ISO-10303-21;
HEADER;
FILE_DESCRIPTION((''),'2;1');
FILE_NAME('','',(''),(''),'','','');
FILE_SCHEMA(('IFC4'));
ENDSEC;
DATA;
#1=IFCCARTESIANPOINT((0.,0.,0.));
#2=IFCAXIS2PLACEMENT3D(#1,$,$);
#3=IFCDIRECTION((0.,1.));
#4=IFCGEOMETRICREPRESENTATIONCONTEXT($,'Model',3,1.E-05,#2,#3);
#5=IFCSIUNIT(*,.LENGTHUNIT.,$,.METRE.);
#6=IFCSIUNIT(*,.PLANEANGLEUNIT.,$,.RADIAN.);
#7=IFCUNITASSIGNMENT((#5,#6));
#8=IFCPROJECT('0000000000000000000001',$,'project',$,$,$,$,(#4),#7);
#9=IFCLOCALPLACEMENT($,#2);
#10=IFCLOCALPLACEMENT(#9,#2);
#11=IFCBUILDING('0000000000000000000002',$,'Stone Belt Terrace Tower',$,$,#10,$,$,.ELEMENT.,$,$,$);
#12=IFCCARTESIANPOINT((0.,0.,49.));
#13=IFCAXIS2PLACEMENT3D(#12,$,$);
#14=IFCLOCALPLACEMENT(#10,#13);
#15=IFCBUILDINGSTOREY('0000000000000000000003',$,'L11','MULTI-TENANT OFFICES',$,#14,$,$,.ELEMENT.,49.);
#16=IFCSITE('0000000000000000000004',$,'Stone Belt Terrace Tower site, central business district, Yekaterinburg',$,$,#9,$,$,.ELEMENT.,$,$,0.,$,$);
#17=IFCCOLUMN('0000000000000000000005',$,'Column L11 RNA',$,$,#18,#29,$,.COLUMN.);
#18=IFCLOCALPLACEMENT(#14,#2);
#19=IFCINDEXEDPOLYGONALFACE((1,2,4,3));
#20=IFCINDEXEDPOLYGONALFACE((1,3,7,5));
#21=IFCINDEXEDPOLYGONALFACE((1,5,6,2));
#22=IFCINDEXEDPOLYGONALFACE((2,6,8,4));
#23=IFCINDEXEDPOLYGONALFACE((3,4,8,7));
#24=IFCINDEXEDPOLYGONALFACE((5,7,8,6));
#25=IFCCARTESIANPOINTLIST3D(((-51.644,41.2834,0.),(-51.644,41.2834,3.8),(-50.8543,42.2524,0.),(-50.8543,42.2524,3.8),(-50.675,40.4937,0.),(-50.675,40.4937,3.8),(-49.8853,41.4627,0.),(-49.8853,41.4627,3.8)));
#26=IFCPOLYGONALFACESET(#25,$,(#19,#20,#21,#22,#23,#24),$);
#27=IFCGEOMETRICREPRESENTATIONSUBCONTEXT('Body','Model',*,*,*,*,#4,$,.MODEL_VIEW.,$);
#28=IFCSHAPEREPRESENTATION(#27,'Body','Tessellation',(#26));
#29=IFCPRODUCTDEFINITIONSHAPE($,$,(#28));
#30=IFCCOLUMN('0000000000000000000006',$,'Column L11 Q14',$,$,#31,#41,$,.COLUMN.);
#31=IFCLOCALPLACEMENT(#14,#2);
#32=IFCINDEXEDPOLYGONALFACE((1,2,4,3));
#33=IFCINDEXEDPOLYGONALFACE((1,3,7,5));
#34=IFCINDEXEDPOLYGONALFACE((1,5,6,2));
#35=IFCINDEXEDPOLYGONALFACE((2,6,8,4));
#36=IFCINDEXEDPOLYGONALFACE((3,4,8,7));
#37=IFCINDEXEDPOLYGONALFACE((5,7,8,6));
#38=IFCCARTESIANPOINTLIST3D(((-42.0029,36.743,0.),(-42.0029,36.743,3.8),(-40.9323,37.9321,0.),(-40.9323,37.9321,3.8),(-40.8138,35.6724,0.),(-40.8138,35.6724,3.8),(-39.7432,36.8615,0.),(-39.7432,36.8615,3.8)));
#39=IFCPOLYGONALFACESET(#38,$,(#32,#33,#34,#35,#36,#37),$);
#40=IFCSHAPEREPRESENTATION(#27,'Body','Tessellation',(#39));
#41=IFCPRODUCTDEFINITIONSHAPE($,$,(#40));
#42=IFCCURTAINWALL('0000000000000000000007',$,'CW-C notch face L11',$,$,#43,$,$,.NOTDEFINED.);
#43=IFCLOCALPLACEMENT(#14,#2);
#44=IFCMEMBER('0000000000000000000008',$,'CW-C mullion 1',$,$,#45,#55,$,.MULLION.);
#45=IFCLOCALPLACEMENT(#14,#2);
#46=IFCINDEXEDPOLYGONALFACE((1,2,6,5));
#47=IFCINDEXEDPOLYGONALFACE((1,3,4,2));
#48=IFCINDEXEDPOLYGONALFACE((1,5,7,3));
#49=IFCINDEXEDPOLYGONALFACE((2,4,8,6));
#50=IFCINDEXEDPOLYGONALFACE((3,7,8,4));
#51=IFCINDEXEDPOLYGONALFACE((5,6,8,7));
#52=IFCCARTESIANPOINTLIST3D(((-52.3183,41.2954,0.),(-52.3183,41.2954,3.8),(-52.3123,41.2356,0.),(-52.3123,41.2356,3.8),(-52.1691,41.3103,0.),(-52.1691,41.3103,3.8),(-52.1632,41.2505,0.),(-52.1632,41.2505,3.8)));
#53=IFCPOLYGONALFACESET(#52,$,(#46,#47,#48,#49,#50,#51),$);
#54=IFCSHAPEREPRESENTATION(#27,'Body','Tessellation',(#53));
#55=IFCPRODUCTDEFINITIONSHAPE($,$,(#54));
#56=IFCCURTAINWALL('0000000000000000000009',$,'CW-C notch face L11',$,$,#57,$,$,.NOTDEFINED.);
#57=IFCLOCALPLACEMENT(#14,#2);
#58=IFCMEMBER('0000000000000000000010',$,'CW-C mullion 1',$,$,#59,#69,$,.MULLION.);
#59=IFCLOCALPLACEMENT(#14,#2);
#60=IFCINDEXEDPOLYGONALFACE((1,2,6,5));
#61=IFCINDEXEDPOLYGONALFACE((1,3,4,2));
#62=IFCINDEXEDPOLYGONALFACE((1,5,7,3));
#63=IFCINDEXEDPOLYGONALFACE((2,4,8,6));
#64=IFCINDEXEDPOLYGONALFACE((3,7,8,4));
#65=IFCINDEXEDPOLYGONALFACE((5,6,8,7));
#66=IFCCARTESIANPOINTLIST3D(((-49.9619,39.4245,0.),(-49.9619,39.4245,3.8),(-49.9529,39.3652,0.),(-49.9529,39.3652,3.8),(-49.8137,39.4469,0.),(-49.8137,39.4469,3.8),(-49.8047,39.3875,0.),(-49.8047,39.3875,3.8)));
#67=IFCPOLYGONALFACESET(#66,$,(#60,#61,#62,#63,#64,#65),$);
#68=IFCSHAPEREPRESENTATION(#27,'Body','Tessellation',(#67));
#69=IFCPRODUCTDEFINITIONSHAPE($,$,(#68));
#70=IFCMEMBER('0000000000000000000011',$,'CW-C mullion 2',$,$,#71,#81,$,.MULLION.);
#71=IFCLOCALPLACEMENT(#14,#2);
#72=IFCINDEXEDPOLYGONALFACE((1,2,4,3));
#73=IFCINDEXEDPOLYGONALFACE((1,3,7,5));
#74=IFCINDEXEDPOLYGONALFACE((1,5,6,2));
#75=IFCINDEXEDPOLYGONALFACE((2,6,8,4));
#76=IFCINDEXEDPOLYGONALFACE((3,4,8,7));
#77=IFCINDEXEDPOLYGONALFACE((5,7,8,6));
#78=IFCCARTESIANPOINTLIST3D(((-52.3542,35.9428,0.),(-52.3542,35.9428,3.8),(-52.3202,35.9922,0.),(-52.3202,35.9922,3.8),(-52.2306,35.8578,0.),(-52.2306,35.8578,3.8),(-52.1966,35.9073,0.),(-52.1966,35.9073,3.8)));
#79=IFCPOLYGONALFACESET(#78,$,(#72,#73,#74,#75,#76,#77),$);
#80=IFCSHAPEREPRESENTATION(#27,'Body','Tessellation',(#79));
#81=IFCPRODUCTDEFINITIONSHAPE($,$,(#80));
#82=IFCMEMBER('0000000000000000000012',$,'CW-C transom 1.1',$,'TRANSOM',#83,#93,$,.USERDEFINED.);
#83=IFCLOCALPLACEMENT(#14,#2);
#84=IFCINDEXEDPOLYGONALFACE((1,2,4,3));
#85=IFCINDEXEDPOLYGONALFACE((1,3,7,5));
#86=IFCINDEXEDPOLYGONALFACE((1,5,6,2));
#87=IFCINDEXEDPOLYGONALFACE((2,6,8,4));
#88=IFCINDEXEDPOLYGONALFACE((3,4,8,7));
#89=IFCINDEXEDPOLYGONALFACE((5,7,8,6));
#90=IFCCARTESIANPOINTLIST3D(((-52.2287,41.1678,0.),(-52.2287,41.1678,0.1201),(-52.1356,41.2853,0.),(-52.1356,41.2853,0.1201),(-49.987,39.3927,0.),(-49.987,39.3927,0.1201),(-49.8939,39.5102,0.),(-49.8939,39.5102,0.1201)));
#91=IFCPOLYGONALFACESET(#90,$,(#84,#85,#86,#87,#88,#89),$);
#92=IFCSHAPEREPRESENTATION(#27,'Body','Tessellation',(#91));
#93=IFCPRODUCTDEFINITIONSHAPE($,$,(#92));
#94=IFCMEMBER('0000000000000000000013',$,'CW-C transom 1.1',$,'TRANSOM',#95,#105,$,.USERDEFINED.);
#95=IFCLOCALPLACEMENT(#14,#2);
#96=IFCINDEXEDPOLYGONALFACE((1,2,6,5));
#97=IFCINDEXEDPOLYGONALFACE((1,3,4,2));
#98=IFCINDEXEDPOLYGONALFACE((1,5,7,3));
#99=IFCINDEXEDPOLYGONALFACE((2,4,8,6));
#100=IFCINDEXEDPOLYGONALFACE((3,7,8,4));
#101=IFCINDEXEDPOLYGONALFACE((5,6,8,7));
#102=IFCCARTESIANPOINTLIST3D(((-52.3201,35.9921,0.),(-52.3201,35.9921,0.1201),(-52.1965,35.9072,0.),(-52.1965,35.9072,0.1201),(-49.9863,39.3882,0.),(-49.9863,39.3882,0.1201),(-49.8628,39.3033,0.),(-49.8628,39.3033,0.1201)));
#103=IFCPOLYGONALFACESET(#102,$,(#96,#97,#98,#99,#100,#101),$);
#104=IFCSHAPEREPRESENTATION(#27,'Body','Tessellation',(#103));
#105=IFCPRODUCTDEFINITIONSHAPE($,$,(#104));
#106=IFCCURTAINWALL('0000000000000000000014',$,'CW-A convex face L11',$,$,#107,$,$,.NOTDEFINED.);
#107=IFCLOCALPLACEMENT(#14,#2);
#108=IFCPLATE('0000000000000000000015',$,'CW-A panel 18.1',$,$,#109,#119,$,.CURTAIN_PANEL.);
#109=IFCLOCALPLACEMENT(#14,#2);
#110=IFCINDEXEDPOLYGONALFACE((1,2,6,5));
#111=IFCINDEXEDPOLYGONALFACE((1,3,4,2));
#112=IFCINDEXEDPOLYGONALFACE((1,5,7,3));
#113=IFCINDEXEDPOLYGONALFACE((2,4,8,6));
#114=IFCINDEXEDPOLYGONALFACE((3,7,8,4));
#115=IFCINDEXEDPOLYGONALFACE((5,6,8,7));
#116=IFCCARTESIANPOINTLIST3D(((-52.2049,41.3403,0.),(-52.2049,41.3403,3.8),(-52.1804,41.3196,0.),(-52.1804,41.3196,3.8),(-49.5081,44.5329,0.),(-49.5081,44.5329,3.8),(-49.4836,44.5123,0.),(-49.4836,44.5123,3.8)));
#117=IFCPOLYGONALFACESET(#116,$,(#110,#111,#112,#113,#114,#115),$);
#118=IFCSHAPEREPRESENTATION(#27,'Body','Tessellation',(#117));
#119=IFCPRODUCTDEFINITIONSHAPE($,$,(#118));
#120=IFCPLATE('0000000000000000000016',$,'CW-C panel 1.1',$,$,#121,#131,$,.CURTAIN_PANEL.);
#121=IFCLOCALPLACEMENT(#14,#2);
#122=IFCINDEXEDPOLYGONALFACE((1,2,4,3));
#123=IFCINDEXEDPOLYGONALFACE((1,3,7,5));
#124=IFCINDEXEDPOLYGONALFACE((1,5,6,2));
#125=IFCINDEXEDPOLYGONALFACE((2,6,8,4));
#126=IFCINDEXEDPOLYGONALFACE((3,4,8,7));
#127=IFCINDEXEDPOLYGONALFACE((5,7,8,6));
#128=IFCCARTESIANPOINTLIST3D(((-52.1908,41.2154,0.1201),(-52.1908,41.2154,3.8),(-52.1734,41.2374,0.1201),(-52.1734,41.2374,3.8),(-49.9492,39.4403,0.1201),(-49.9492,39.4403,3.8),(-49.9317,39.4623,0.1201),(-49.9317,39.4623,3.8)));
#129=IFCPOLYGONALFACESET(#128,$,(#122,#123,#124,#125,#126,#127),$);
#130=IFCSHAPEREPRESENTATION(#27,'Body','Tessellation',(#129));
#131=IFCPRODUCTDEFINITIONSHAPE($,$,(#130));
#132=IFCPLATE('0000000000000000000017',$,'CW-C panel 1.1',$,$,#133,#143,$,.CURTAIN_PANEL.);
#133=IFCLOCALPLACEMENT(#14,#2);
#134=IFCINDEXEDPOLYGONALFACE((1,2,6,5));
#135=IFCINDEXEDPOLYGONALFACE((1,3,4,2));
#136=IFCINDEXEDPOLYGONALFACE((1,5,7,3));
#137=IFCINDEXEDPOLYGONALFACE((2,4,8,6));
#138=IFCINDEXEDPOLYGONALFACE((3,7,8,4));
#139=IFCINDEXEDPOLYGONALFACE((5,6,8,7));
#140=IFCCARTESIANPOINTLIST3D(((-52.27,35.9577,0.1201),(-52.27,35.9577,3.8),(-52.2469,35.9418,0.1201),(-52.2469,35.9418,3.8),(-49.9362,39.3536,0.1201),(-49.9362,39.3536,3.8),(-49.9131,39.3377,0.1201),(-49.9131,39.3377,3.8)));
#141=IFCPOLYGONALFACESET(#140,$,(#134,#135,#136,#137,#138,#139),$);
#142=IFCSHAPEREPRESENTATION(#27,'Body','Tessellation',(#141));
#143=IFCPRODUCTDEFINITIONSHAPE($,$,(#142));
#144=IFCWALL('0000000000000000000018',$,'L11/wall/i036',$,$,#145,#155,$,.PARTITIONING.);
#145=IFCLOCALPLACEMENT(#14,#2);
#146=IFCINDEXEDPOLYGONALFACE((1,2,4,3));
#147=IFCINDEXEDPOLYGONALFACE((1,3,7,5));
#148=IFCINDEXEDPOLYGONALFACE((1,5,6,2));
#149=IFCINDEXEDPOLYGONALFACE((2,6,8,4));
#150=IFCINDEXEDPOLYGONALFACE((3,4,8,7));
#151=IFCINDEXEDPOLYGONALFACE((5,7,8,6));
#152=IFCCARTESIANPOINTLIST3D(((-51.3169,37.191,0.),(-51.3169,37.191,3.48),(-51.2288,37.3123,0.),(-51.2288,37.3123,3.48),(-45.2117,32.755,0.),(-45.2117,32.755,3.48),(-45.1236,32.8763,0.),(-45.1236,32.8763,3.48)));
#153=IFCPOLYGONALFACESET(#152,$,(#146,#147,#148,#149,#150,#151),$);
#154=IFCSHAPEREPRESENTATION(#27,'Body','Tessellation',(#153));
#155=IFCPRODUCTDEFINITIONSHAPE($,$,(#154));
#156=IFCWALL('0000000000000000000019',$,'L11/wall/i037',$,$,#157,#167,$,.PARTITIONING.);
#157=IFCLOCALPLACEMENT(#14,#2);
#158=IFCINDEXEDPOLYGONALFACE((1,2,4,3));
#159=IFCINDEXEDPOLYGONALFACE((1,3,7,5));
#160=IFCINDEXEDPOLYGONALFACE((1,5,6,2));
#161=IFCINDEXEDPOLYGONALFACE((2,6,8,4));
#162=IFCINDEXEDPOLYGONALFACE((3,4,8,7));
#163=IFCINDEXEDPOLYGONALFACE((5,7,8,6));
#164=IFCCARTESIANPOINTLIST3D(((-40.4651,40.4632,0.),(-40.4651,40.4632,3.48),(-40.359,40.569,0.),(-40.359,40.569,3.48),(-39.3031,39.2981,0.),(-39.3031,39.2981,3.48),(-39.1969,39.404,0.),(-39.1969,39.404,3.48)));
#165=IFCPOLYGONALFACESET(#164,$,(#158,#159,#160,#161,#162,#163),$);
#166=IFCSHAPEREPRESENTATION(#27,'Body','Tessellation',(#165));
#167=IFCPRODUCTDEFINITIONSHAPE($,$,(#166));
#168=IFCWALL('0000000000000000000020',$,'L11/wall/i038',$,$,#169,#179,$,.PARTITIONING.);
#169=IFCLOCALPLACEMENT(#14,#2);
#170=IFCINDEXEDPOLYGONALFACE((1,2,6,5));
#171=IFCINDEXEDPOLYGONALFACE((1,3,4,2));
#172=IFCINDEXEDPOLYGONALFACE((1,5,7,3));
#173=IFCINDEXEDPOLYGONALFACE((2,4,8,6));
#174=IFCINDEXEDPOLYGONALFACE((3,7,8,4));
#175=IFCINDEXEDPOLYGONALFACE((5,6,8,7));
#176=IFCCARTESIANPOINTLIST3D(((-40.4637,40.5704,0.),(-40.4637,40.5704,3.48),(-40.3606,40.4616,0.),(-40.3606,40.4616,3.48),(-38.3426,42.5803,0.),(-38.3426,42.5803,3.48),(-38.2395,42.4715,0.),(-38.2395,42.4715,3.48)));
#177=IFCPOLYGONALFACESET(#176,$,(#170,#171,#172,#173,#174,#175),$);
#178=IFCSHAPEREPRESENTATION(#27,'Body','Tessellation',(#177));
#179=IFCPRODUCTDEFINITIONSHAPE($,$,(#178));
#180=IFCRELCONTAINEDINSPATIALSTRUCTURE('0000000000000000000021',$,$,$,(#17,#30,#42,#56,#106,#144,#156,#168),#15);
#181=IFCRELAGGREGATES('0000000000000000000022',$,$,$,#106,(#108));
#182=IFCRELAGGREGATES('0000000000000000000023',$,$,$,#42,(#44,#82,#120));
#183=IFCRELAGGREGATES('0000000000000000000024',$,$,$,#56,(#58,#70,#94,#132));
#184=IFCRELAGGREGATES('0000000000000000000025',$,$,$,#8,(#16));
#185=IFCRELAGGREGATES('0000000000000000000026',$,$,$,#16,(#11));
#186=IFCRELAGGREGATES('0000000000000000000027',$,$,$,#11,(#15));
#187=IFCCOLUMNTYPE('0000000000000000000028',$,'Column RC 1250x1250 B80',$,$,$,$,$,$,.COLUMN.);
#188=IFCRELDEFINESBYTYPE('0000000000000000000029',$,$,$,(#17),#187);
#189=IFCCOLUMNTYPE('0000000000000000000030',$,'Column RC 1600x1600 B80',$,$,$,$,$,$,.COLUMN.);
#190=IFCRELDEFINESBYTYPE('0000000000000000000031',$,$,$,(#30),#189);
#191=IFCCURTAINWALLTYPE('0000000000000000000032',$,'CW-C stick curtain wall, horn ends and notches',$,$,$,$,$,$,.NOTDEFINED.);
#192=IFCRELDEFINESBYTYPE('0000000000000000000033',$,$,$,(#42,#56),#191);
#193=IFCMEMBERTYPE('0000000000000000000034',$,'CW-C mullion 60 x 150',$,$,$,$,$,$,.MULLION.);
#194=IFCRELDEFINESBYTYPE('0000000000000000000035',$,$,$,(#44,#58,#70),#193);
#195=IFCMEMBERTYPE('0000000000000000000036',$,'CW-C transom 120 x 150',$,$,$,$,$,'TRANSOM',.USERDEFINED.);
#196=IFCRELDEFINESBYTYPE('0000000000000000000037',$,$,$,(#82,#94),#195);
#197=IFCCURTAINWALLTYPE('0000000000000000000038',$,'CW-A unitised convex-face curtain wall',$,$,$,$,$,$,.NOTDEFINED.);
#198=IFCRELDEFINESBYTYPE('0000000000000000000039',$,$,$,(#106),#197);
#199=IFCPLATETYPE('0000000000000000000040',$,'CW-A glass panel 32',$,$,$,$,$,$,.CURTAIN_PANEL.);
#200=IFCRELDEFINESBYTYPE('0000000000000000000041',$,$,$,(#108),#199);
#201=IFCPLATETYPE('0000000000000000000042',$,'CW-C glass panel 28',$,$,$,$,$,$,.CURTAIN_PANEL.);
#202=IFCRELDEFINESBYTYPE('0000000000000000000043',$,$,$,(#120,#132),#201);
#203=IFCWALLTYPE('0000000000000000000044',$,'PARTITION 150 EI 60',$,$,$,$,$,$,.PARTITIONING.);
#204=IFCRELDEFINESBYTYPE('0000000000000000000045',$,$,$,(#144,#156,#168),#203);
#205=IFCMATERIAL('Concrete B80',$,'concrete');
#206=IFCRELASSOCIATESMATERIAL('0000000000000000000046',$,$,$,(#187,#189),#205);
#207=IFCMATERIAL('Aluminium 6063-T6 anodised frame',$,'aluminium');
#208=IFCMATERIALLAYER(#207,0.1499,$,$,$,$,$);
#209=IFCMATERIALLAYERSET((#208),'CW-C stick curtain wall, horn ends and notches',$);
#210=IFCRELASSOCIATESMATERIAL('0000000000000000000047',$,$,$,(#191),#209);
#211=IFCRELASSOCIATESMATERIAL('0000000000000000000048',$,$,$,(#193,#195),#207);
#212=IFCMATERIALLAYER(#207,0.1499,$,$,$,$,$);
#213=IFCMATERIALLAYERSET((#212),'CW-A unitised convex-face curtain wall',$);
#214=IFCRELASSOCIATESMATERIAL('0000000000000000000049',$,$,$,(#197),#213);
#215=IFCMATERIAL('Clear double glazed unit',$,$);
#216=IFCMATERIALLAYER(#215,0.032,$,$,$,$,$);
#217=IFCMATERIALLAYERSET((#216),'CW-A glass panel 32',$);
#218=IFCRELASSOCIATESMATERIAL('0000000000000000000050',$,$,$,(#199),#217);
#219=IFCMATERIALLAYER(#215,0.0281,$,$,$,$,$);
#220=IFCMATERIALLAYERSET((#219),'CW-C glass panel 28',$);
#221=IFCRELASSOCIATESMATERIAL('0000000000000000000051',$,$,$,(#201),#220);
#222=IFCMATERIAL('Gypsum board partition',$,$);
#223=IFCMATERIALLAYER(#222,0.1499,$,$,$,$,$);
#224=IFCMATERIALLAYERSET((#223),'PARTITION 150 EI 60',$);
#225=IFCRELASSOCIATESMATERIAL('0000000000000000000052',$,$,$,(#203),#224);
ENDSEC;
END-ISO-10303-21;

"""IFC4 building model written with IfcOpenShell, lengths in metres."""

from ifc_helpers import new_model, si_unit, direction, frame, frame_2d, origin, origin_2d, place, context, subcontext, project, spatial, rectangle, extrude, material, layer, layer_set, material_profile, profile_set, type_object, element, aggregate, save


model = new_model("IFC4")

# Units and contexts
model_context = context("Model", 3, precision=1e-05, world=origin(), true_north=direction((0.0, 1.0)))
body_context = subcontext(model_context, "Body", "Model", "MODEL_VIEW")
ifc_project = project(units=[si_unit("LENGTHUNIT", "METRE"), si_unit("PLANEANGLEUNIT", "RADIAN")], contexts=[model_context])

# Site, building, storey
site_placement = place(None, origin())
site = spatial("IfcSite", under=ifc_project, at=site_placement, Name="Stone Belt Terrace Tower site, central business district, Yekaterinburg", CompositionType="ELEMENT", RefElevation=0.0)
building_placement = place(site_placement, origin())
building = spatial("IfcBuilding", under=site, at=building_placement, Name="Stone Belt Terrace Tower", CompositionType="ELEMENT")
storey_placement = place(building_placement, frame((0.0, 0.0, 49.0)))
storey = spatial("IfcBuildingStorey", under=building, at=storey_placement, Name="L11", Description="MULTI-TENANT OFFICES", CompositionType="ELEMENT", Elevation=49.0)

# Columns
ifc_material_1 = material(Name="Concrete B80", Category="concrete")
ifc_material_profile_1 = material_profile(ifc_material_1, rectangle(XDim=1.25, YDim=1.25, at=origin_2d()), Name="RC 1250x1250")
ifc_profile_set_1 = profile_set([ifc_material_profile_1], Name="Concrete B80")
column_type_1 = type_object("IfcColumnType", Name="Column RC 1250x1250 B80", PredefinedType="COLUMN", material=ifc_profile_set_1)
column_1_placement = place(storey_placement, frame((-50.7646, 41.373, 0.0), z_axis=(0.0, 0.0, 1.0), x_axis=(0.631759, 0.775165, 0.0)))
element("IfcColumn", 1, at=column_1_placement, inside=storey, type_object=column_type_1, Name="Column L11 RNA", PredefinedType="COLUMN", context=body_context, shape_type="SweptSolid", body=[
    extrude(rectangle(XDim=1.25, YDim=1.25, at=origin_2d()), origin(), (0.0, 0.0, 1.0), 3.8),
])
ifc_material_profile_2 = material_profile(ifc_material_1, rectangle(XDim=1.6001, YDim=1.6001, at=origin_2d()), Name="RC 1600x1600")
ifc_profile_set_2 = profile_set([ifc_material_profile_2], Name="Concrete B80")
column_type_2 = type_object("IfcColumnType", Name="Column RC 1600x1600 B80", PredefinedType="COLUMN", material=ifc_profile_set_2)
column_2_placement = place(storey_placement, frame((-40.873, 36.8022, 0.0), z_axis=(0.0, 0.0, 1.0), x_axis=(0.669131, 0.743145, 0.0)))
element("IfcColumn", 2, at=column_2_placement, inside=storey, type_object=column_type_2, Name="Column L11 Q14", PredefinedType="COLUMN", context=body_context, shape_type="SweptSolid", body=[
    extrude(rectangle(XDim=1.6001, YDim=1.6001, at=origin_2d()), origin(), (0.0, 0.0, 1.0), 3.8),
])

# Curtain wall, member
ifc_material_2 = material(Name="Aluminium 6063-T6 anodised frame", Category="aluminium")
ifc_layer_1 = layer(ifc_material_2, 0.1499)
ifc_layer_set_1 = layer_set([ifc_layer_1], Name="CW-C stick curtain wall, horn ends and notches")
curtain_wall_type_1 = type_object("IfcCurtainWallType", Name="CW-C stick curtain wall, horn ends and notches", PredefinedType="NOTDEFINED", material=ifc_layer_set_1)
curtain_wall_1_placement = place(storey_placement, origin())
curtain_wall_1 = element("IfcCurtainWall", 3, at=curtain_wall_1_placement, inside=storey, type_object=curtain_wall_type_1, Name="CW-C notch face L11", PredefinedType="NOTDEFINED")
ifc_material_profile_3 = material_profile(ifc_material_2, rectangle(XDim=0.1499, YDim=0.0601, at=origin_2d()), Name="Aluminium 6063-T6 60x150")
ifc_profile_set_3 = profile_set([ifc_material_profile_3], Name="Aluminium 6063-T6 anodised frame")
member_type_1 = type_object("IfcMemberType", Name="CW-C mullion 60 x 150", PredefinedType="MULLION", material=ifc_profile_set_3)
member_1_placement = place(storey_placement, frame((-52.2407, 41.2729, 0.0), z_axis=(0.0, 0.0, 1.0), x_axis=(0.995023, 0.099645, 0.0)))
member_1 = element("IfcMember", 4, at=member_1_placement, type_object=member_type_1, Name="CW-C mullion 1", PredefinedType="MULLION", context=body_context, shape_type="SweptSolid", body=[
    extrude(rectangle(XDim=0.1499, YDim=0.0601, at=origin_2d()), origin(), (0.0, 0.0, 1.0), 3.8),
])

# Curtain wall, members
curtain_wall_2_placement = place(storey_placement, origin())
curtain_wall_2 = element("IfcCurtainWall", 5, at=curtain_wall_2_placement, inside=storey, type_object=curtain_wall_type_1, Name="CW-C notch face L11", PredefinedType="NOTDEFINED")
member_2_placement = place(storey_placement, frame((-49.8833, 39.406, 0.0), z_axis=(0.0, 0.0, 1.0), x_axis=(0.988851, 0.148906, 0.0)))
member_2 = element("IfcMember", 6, at=member_2_placement, type_object=member_type_1, Name="CW-C mullion 1", PredefinedType="MULLION", context=body_context, shape_type="SweptSolid", body=[
    extrude(rectangle(XDim=0.1499, YDim=0.0601, at=origin_2d()), origin(), (0.0, 0.0, 1.0), 3.8),
])
member_3_placement = place(storey_placement, frame((-52.2754, 35.925, 0.0), z_axis=(0.0, 0.0, 1.0), x_axis=(0.824147, -0.566376, 0.0)))
member_3 = element("IfcMember", 7, at=member_3_placement, type_object=member_type_1, Name="CW-C mullion 2", PredefinedType="MULLION", context=body_context, shape_type="SweptSolid", body=[
    extrude(rectangle(XDim=0.1499, YDim=0.0601, at=origin_2d()), origin(), (0.0, 0.0, 1.0), 3.8),
])

# Members
ifc_material_profile_4 = material_profile(ifc_material_2, rectangle(XDim=0.1499, YDim=0.1201, at=origin_2d()), Name="Aluminium 6063-T6 150x120")
ifc_profile_set_4 = profile_set([ifc_material_profile_4], Name="Aluminium 6063-T6 anodised frame")
member_type_2 = type_object("IfcMemberType", Name="CW-C transom 120 x 150", ElementType="TRANSOM", PredefinedType="USERDEFINED", material=ifc_profile_set_4)
member_4_placement = place(storey_placement, frame((-52.1821, 41.2266, 0.0601), z_axis=(0.783966, -0.620804, 0.0), x_axis=(0.620804, 0.783966, 0.0)))
member_4 = element("IfcMember", 8, at=member_4_placement, type_object=member_type_2, Name="CW-C transom 1.1", ObjectType="TRANSOM", PredefinedType="USERDEFINED", context=body_context, shape_type="SweptSolid", body=[
    extrude(rectangle(XDim=0.1499, YDim=0.1201, at=origin_2d()), origin(), (0.0, 0.0, 1.0), 2.8594),
])
member_5_placement = place(storey_placement, frame((-49.9246, 39.3457, 0.0601), z_axis=(-0.566363, -0.824156, 0.0), x_axis=(0.824156, -0.566363, 0.0)))
member_5 = element("IfcMember", 9, at=member_5_placement, type_object=member_type_2, Name="CW-C transom 1.1", ObjectType="TRANSOM", PredefinedType="USERDEFINED", context=body_context, shape_type="SweptSolid", body=[
    extrude(rectangle(XDim=0.1499, YDim=0.1201, at=origin_2d()), origin(), (0.0, 0.0, 1.0), 4.1206),
])

# Curtain wall, plate
ifc_layer_2 = layer(ifc_material_2, 0.1499)
ifc_layer_set_2 = layer_set([ifc_layer_2], Name="CW-A unitised convex-face curtain wall")
curtain_wall_type_2 = type_object("IfcCurtainWallType", Name="CW-A unitised convex-face curtain wall", PredefinedType="NOTDEFINED", material=ifc_layer_set_2)
curtain_wall_3_placement = place(storey_placement, origin())
curtain_wall_3 = element("IfcCurtainWall", 10, at=curtain_wall_3_placement, inside=storey, type_object=curtain_wall_type_2, Name="CW-A convex face L11", PredefinedType="NOTDEFINED")
ifc_material_3 = material(Name="Clear double glazed unit")
ifc_layer_3 = layer(ifc_material_3, 0.032)
ifc_layer_set_3 = layer_set([ifc_layer_3], Name="CW-A glass panel 32")
plate_type_1 = type_object("IfcPlateType", Name="CW-A glass panel 32", PredefinedType="CURTAIN_PANEL", material=ifc_layer_set_3)
plate_1_placement = place(storey_placement, frame((-50.8442, 42.9263, 0.0), z_axis=(0.0, 0.0, 1.0), x_axis=(-0.645291, -0.763937, 0.0)))
plate_1 = element("IfcPlate", 11, at=plate_1_placement, type_object=plate_type_1, Name="CW-A panel 18.1", PredefinedType="CURTAIN_PANEL", context=body_context, shape_type="SweptSolid", body=[
    extrude(rectangle(XDim=4.1792, YDim=0.032, at=origin_2d()), origin(), (0.0, 0.0, 1.0), 3.8),
])
aggregate(curtain_wall_3, [plate_1])

# Plates
ifc_layer_4 = layer(ifc_material_3, 0.0281)
ifc_layer_set_4 = layer_set([ifc_layer_4], Name="CW-C glass panel 28")
plate_type_2 = type_object("IfcPlateType", Name="CW-C glass panel 28", PredefinedType="CURTAIN_PANEL", material=ifc_layer_set_4)
plate_2_placement = place(storey_placement, frame((-51.0613, 40.3389, 0.1201), z_axis=(0.0, 0.0, 1.0), x_axis=(0.783964, -0.620807, 0.0)))
plate_2 = element("IfcPlate", 12, at=plate_2_placement, type_object=plate_type_2, Name="CW-C panel 1.1", PredefinedType="CURTAIN_PANEL", context=body_context, shape_type="SweptSolid", body=[
    extrude(rectangle(XDim=2.8594, YDim=0.0281, at=origin_2d()), origin(), (0.0, 0.0, 1.0), 3.6799),
])
aggregate(curtain_wall_1, [member_1, member_4, plate_2])
plate_3_placement = place(storey_placement, frame((-51.0916, 37.6477, 0.1201), z_axis=(0.0, 0.0, 1.0), x_axis=(-0.566376, -0.824147, 0.0)))
plate_3 = element("IfcPlate", 13, at=plate_3_placement, type_object=plate_type_2, Name="CW-C panel 1.1", PredefinedType="CURTAIN_PANEL", context=body_context, shape_type="SweptSolid", body=[
    extrude(rectangle(XDim=4.1206, YDim=0.0281, at=origin_2d()), origin(), (0.0, 0.0, 1.0), 3.6799),
])
aggregate(curtain_wall_2, [member_2, member_3, member_5, plate_3])

# Walls
ifc_material_4 = material(Name="Gypsum board partition")
ifc_layer_5 = layer(ifc_material_4, 0.1499)
ifc_layer_set_5 = layer_set([ifc_layer_5], Name="PARTITION 150 EI 60")
wall_type = type_object("IfcWallType", Name="PARTITION 150 EI 60", PredefinedType="PARTITIONING", material=ifc_layer_set_5)
wall_1_placement = place(storey_placement, frame((-51.2729, 37.2517, 0.0), z_axis=(0.0, 0.0, 1.0), x_axis=(0.808996, -0.587814, 0.0)))
element("IfcWall", 14, at=wall_1_placement, inside=storey, type_object=wall_type, Name="L11/wall/i036", PredefinedType="PARTITIONING", context=body_context, shape_type="SweptSolid", body=[
    extrude(rectangle(XDim=7.5466, YDim=0.1499, at=frame_2d((3.7734, 0.0))), origin(), (0.0, 0.0, 1.0), 3.48),
])
wall_2_placement = place(storey_placement, frame((-39.25, 39.3511, 0.0), z_axis=(0.0, 0.0, 1.0), x_axis=(-0.706216, 0.707996, 0.0)))
element("IfcWall", 15, at=wall_2_placement, inside=storey, type_object=wall_type, Name="L11/wall/i037", PredefinedType="PARTITIONING", context=body_context, shape_type="SweptSolid", body=[
    extrude(rectangle(XDim=1.6455, YDim=0.1499, at=frame_2d((0.8228, 0.0))), origin(), (0.0, 0.0, 1.0), 3.48),
])
wall_3_placement = place(storey_placement, frame((-40.4121, 40.5161, 0.0), z_axis=(0.0, 0.0, 1.0), x_axis=(0.7259, 0.6878, 0.0)))
element("IfcWall", 16, at=wall_3_placement, inside=storey, type_object=wall_type, Name="L11/wall/i038", PredefinedType="PARTITIONING", context=body_context, shape_type="SweptSolid", body=[
    extrude(rectangle(XDim=2.9221, YDim=0.1499, at=frame_2d((1.4609, 0.0))), origin(), (0.0, 0.0, 1.0), 3.48),
])

save(model, "model.ifc")
